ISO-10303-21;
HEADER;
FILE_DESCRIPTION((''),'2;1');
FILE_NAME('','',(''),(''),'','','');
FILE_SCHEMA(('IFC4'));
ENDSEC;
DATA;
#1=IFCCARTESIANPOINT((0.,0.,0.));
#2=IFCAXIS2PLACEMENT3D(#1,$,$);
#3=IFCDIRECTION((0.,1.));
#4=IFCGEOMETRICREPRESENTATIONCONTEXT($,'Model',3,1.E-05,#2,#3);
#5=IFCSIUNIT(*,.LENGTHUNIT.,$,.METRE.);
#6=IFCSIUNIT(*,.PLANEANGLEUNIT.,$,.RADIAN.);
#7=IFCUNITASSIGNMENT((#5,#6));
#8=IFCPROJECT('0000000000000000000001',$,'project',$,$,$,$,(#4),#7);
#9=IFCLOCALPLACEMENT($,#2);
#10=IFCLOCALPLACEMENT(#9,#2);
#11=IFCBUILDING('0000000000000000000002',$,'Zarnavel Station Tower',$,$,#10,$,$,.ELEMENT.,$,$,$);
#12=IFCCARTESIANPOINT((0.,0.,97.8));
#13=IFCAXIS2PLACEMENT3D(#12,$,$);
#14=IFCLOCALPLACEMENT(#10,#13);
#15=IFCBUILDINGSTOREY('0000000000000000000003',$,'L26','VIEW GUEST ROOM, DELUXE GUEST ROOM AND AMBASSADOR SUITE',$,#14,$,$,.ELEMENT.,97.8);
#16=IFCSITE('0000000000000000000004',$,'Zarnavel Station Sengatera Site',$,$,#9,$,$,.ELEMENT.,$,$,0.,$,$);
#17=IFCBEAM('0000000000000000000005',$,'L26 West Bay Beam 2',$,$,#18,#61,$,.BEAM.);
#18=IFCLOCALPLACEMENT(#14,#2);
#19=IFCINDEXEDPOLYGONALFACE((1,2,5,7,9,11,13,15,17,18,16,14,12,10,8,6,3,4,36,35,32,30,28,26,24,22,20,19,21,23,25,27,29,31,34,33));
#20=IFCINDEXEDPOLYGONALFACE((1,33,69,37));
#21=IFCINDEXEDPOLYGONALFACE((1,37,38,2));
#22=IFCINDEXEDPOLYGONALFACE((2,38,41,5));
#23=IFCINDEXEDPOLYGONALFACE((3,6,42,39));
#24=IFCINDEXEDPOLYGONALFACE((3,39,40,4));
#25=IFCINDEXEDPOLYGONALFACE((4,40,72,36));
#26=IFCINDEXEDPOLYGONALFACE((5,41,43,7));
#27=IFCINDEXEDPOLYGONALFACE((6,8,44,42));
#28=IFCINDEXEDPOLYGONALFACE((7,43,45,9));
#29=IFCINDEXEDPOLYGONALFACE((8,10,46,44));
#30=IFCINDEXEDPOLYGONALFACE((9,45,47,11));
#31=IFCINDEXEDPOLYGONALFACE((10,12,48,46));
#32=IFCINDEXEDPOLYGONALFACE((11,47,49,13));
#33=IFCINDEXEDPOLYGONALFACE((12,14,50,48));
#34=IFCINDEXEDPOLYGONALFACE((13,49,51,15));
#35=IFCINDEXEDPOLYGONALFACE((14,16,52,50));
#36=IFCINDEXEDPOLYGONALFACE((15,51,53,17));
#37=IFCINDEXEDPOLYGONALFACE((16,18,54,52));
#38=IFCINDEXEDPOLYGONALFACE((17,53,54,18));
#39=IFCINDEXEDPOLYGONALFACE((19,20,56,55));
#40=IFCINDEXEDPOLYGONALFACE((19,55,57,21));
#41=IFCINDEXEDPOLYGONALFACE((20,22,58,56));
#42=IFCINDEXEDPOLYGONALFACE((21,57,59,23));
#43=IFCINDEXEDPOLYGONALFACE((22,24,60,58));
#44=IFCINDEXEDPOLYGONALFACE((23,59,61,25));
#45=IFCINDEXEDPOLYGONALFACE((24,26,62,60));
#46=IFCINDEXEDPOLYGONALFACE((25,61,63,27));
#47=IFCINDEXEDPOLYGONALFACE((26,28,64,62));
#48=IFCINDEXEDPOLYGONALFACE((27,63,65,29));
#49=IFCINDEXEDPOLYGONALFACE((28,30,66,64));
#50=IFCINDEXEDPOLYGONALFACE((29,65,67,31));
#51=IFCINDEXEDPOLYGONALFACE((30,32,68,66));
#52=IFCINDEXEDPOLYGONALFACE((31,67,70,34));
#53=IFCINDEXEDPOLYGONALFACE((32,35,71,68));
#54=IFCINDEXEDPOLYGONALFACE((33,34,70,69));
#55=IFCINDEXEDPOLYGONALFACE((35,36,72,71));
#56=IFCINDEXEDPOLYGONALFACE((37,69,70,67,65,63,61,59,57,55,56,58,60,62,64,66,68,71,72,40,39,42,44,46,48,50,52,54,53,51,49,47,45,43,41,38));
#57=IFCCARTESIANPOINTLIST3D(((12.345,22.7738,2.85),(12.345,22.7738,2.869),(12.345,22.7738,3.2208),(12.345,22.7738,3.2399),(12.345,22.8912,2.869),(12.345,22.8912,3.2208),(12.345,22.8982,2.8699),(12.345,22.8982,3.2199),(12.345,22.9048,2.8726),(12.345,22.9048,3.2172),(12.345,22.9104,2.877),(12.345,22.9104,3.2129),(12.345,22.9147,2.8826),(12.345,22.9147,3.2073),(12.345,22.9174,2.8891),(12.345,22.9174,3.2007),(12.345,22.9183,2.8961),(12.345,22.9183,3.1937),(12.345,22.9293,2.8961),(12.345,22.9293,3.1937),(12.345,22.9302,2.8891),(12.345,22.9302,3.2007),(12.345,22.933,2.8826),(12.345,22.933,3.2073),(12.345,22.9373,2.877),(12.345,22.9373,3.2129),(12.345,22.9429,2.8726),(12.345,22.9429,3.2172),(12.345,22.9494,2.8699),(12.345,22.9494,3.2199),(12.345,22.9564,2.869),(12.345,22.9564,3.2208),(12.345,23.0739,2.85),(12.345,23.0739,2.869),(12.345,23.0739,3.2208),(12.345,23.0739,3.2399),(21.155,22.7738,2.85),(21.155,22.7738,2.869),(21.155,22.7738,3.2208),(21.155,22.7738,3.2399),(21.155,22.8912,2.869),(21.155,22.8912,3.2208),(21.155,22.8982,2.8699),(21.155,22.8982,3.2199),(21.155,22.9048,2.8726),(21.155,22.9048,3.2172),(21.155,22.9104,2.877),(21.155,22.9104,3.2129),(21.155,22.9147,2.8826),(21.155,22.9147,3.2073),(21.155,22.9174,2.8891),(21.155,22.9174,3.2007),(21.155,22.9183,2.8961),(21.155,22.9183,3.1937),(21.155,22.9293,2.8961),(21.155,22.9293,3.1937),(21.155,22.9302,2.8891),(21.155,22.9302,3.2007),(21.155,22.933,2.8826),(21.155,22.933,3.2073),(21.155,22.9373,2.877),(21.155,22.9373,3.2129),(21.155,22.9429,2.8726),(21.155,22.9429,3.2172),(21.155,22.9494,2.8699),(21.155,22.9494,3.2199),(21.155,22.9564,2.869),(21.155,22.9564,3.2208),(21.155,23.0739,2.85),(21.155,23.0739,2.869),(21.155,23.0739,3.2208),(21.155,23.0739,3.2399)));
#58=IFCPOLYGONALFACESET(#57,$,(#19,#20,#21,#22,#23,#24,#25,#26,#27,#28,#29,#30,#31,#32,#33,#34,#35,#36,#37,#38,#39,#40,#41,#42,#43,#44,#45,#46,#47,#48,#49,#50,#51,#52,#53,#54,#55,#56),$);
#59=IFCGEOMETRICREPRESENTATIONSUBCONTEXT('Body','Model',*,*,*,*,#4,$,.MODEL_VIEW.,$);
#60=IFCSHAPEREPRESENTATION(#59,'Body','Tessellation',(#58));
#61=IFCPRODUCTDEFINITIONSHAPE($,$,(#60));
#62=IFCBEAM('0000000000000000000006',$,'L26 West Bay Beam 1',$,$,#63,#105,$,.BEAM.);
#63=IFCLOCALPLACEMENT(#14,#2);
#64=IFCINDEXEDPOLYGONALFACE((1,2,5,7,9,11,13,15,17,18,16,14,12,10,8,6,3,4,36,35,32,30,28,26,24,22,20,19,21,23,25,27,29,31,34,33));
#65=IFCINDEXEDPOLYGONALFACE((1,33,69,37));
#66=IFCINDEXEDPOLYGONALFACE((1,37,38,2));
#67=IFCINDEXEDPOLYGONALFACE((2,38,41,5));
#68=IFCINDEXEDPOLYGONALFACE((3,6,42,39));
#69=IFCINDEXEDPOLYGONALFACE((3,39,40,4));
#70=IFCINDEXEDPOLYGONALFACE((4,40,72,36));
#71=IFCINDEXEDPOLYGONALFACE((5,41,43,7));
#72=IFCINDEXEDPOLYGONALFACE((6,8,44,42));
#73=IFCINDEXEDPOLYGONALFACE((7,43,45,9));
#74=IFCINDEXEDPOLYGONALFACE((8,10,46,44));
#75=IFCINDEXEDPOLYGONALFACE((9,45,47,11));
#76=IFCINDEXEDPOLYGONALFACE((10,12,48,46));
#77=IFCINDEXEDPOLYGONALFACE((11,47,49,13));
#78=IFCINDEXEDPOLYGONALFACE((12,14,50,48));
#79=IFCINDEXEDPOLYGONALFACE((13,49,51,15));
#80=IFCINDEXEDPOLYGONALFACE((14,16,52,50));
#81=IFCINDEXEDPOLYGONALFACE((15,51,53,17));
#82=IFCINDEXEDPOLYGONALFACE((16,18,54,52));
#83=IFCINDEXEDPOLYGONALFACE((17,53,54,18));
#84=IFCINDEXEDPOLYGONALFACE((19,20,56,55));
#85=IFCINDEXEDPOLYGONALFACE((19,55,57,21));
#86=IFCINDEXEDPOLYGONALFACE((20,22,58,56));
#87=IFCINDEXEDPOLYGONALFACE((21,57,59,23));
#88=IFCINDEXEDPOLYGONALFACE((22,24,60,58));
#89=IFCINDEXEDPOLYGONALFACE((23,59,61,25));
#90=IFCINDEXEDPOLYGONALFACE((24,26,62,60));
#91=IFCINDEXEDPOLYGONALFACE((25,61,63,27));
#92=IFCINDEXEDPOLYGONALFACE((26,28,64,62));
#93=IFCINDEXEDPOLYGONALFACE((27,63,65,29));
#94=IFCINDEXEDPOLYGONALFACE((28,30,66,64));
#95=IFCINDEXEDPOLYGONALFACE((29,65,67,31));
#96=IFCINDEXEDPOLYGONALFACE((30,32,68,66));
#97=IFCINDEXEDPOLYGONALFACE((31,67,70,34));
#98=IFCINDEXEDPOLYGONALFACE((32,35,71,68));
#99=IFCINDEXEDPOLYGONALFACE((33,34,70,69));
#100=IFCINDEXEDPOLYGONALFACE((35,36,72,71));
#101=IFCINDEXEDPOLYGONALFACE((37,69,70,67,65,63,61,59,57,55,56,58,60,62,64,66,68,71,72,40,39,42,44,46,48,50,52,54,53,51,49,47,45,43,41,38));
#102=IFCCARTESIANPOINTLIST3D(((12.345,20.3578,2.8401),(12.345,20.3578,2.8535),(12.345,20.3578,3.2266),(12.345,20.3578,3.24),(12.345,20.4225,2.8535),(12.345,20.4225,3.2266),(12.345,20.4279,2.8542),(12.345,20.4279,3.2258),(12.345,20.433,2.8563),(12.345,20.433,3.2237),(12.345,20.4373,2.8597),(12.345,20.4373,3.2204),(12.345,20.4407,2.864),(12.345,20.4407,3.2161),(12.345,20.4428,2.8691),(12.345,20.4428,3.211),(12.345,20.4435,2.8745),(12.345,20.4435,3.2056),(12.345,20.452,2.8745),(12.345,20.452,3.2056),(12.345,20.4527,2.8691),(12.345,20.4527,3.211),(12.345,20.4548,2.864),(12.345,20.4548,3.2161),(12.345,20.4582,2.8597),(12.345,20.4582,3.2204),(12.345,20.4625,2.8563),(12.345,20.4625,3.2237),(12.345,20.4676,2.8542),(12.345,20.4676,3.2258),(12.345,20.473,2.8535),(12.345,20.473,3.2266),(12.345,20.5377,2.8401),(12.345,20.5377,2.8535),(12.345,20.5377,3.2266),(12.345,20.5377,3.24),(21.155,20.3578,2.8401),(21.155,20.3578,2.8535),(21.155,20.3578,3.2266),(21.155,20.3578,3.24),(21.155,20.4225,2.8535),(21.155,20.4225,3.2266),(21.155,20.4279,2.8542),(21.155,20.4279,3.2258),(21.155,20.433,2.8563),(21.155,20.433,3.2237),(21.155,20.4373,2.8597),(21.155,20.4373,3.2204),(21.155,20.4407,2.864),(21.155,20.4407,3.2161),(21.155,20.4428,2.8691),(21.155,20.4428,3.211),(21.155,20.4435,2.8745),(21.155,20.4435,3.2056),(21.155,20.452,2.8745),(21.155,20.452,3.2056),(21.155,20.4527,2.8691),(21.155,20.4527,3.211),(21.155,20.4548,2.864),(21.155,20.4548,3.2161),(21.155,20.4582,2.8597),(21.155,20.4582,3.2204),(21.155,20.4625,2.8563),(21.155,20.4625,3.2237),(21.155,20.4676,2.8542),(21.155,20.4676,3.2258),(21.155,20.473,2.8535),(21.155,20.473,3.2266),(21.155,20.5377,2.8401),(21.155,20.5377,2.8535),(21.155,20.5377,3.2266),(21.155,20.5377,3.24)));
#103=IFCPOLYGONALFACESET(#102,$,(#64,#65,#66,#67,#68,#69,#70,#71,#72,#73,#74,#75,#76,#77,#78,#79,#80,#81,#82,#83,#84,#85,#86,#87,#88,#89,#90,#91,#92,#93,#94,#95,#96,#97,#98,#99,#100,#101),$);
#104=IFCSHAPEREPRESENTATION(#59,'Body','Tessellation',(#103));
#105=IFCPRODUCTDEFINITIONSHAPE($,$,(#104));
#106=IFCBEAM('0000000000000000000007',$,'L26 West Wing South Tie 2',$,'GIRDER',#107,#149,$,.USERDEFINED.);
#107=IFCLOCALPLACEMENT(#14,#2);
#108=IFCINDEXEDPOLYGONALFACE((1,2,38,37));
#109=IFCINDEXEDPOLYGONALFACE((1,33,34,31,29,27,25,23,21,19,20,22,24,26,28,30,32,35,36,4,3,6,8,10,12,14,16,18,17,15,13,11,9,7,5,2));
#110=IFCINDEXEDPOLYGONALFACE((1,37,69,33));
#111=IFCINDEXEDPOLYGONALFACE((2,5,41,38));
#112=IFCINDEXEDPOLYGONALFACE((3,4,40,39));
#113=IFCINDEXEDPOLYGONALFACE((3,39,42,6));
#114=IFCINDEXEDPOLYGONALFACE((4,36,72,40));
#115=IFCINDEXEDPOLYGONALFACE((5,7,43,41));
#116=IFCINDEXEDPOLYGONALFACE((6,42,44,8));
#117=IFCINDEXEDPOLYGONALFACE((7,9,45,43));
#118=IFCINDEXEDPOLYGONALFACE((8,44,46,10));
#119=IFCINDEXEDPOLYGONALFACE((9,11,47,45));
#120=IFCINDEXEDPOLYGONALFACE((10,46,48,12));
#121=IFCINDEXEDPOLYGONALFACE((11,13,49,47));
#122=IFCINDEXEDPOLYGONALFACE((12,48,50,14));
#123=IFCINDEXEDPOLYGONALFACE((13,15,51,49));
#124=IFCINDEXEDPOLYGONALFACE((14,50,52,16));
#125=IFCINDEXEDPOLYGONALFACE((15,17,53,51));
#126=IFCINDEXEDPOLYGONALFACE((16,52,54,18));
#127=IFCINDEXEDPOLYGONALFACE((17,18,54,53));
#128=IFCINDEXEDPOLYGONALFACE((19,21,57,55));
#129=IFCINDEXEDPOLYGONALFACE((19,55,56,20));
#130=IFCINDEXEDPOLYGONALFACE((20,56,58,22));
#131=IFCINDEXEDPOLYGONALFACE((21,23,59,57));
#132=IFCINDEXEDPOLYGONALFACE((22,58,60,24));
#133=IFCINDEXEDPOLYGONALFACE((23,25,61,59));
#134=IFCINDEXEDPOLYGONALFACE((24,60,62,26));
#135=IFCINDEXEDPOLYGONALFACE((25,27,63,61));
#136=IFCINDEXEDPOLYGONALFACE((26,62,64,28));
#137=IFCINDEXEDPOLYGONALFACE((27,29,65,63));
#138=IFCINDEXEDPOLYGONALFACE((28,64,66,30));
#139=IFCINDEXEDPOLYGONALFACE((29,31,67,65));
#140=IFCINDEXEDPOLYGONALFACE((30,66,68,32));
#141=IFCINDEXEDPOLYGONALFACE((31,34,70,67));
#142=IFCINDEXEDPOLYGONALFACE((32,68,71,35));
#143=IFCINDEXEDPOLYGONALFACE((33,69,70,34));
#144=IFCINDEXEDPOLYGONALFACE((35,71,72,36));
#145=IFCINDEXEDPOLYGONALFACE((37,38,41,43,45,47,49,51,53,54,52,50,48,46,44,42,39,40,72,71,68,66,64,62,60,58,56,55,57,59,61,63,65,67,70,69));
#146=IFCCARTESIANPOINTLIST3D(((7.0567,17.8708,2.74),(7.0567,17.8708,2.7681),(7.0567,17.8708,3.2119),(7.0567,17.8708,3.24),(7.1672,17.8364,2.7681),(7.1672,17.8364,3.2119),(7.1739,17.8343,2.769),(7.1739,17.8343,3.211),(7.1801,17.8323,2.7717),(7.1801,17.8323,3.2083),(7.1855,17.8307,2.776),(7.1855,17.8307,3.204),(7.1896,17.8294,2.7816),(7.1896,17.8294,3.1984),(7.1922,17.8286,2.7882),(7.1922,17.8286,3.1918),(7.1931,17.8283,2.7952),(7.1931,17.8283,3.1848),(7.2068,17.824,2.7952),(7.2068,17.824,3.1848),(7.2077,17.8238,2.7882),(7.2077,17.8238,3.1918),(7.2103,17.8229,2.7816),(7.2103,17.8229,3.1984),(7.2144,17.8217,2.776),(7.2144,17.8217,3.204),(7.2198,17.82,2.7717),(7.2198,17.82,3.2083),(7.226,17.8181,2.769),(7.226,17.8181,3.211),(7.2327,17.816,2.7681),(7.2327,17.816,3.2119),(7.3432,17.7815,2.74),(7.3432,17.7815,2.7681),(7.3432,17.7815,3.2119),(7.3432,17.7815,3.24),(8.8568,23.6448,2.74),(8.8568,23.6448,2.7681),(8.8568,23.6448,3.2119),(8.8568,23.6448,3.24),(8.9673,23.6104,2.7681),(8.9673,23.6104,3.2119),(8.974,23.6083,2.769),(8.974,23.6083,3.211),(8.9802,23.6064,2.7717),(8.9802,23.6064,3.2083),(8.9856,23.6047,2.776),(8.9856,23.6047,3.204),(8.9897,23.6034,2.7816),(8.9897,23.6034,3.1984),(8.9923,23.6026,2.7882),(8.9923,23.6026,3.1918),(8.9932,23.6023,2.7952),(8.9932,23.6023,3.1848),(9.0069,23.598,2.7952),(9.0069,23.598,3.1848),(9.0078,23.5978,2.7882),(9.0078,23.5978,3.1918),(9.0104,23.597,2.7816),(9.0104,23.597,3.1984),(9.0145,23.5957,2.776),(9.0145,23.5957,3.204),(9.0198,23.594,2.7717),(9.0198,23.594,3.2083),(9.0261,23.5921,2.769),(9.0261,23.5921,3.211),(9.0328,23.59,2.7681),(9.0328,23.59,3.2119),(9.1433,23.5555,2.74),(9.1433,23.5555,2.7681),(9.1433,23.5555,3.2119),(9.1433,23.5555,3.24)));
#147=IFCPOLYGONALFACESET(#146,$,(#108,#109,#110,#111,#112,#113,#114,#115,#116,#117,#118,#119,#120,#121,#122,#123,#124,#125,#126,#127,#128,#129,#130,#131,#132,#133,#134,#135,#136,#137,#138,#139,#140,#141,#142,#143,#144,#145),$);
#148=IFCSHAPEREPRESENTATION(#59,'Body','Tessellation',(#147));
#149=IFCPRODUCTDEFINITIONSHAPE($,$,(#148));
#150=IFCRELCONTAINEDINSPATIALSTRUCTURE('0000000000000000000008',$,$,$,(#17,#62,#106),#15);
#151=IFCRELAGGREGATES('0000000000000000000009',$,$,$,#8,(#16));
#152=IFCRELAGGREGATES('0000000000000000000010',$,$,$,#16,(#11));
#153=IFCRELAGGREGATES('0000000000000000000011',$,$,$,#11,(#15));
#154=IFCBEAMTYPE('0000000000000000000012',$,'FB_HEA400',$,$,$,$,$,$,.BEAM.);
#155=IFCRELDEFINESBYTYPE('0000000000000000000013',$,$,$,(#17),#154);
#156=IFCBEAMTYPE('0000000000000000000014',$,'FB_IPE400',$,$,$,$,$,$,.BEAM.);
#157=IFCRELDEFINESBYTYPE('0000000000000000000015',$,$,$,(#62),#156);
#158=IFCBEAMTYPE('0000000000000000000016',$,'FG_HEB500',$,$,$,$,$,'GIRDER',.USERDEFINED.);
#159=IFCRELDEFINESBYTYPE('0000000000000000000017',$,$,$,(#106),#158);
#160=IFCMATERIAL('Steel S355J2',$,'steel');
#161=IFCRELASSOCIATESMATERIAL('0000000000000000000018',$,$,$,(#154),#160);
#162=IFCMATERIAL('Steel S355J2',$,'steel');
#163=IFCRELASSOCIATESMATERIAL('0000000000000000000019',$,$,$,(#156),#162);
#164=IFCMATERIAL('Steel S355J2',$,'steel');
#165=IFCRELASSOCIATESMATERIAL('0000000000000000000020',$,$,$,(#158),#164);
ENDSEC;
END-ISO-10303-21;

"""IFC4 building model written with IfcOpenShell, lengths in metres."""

from ifc_helpers import new_model, si_unit, direction, frame, origin, origin_2d, place, context, subcontext, project, spatial, i_section, extrude, material, material_profile, profile_set, type_object, element, save


model = new_model("IFC4")

# Units and contexts
model_context = context("Model", 3, precision=1e-05, world=origin(), true_north=direction((0.0, 1.0)))
body_context = subcontext(model_context, "Body", "Model", "MODEL_VIEW")
ifc_project = project(units=[si_unit("LENGTHUNIT", "METRE"), si_unit("PLANEANGLEUNIT", "RADIAN")], contexts=[model_context])

# Site, building, storey
site_placement = place(None, origin())
site = spatial("IfcSite", under=ifc_project, at=site_placement, Name="Zarnavel Station Sengatera Site", CompositionType="ELEMENT", RefElevation=0.0)
building_placement = place(site_placement, origin())
building = spatial("IfcBuilding", under=site, at=building_placement, Name="Zarnavel Station Tower", CompositionType="ELEMENT")
storey_placement = place(building_placement, frame((0.0, 0.0, 97.8)))
storey = spatial("IfcBuildingStorey", under=building, at=storey_placement, Name="L26", Description="VIEW GUEST ROOM, DELUXE GUEST ROOM AND AMBASSADOR SUITE", CompositionType="ELEMENT", Elevation=97.8)

# Beams
ifc_material_1 = material(Name="Steel S355J2", Category="steel")
ifc_material_profile_1 = material_profile(ifc_material_1, i_section(OverallWidth=0.3, OverallDepth=0.3899, WebThickness=0.011, FlangeThickness=0.019, FilletRadius=0.0271, at=origin_2d()), Name="HEA400")
ifc_profile_set_1 = profile_set([ifc_material_profile_1], Name="Steel S355J2")
beam_type_1 = type_object("IfcBeamType", Name="FB_HEA400", PredefinedType="BEAM", material=ifc_profile_set_1)
beam_1_placement = place(storey_placement, frame((12.345, 22.9238, 3.0449), z_axis=(1.0, 0.0, 0.0), x_axis=(0.0, 1.0, 0.0)))
element("IfcBeam", 1, at=beam_1_placement, inside=storey, type_object=beam_type_1, Name="L26 West Bay Beam 2", PredefinedType="BEAM", context=body_context, shape_type="SweptSolid", body=[
    extrude(i_section(OverallWidth=0.3, OverallDepth=0.3899, WebThickness=0.011, FlangeThickness=0.019, FilletRadius=0.0271, at=origin_2d()), origin(), (0.0, 0.0, 1.0), 8.8101),
])
ifc_material_2 = material(Name="Steel S355J2", Category="steel")
ifc_material_profile_2 = material_profile(ifc_material_2, i_section(OverallWidth=0.1799, OverallDepth=0.3999, WebThickness=0.0085, FlangeThickness=0.0134, FilletRadius=0.021, at=origin_2d()), Name="IPE400")
ifc_profile_set_2 = profile_set([ifc_material_profile_2], Name="Steel S355J2")
beam_type_2 = type_object("IfcBeamType", Name="FB_IPE400", PredefinedType="BEAM", material=ifc_profile_set_2)
beam_2_placement = place(storey_placement, frame((12.345, 20.4478, 3.04), z_axis=(1.0, 0.0, 0.0), x_axis=(0.0, 1.0, 0.0)))
element("IfcBeam", 2, at=beam_2_placement, inside=storey, type_object=beam_type_2, Name="L26 West Bay Beam 1", PredefinedType="BEAM", context=body_context, shape_type="SweptSolid", body=[
    extrude(i_section(OverallWidth=0.1799, OverallDepth=0.3999, WebThickness=0.0085, FlangeThickness=0.0134, FilletRadius=0.021, at=origin_2d()), origin(), (0.0, 0.0, 1.0), 8.8101),
])
ifc_material_3 = material(Name="Steel S355J2", Category="steel")
ifc_material_profile_3 = material_profile(ifc_material_3, i_section(OverallWidth=0.3, OverallDepth=0.5, WebThickness=0.0144, FlangeThickness=0.0281, FilletRadius=0.0271, at=origin_2d()), Name="HEB500")
ifc_profile_set_3 = profile_set([ifc_material_profile_3], Name="Steel S355J2")
beam_type_3 = type_object("IfcBeamType", Name="FG_HEB500", ElementType="GIRDER", PredefinedType="USERDEFINED", material=ifc_profile_set_3)
beam_3_placement = place(storey_placement, frame((7.2, 17.8262, 2.99), z_axis=(0.297627, 0.954682, 0.0), x_axis=(-0.954682, 0.297627, 0.0)))
element("IfcBeam", 3, at=beam_3_placement, inside=storey, type_object=beam_type_3, Name="L26 West Wing South Tie 2", ObjectType="GIRDER", PredefinedType="USERDEFINED", context=body_context, shape_type="SweptSolid", body=[
    extrude(i_section(OverallWidth=0.3, OverallDepth=0.5, WebThickness=0.0144, FlangeThickness=0.0281, FilletRadius=0.0271, at=origin_2d()), origin(), (0.0, 0.0, 1.0), 6.0481),
])

save(model, "model.ifc")
